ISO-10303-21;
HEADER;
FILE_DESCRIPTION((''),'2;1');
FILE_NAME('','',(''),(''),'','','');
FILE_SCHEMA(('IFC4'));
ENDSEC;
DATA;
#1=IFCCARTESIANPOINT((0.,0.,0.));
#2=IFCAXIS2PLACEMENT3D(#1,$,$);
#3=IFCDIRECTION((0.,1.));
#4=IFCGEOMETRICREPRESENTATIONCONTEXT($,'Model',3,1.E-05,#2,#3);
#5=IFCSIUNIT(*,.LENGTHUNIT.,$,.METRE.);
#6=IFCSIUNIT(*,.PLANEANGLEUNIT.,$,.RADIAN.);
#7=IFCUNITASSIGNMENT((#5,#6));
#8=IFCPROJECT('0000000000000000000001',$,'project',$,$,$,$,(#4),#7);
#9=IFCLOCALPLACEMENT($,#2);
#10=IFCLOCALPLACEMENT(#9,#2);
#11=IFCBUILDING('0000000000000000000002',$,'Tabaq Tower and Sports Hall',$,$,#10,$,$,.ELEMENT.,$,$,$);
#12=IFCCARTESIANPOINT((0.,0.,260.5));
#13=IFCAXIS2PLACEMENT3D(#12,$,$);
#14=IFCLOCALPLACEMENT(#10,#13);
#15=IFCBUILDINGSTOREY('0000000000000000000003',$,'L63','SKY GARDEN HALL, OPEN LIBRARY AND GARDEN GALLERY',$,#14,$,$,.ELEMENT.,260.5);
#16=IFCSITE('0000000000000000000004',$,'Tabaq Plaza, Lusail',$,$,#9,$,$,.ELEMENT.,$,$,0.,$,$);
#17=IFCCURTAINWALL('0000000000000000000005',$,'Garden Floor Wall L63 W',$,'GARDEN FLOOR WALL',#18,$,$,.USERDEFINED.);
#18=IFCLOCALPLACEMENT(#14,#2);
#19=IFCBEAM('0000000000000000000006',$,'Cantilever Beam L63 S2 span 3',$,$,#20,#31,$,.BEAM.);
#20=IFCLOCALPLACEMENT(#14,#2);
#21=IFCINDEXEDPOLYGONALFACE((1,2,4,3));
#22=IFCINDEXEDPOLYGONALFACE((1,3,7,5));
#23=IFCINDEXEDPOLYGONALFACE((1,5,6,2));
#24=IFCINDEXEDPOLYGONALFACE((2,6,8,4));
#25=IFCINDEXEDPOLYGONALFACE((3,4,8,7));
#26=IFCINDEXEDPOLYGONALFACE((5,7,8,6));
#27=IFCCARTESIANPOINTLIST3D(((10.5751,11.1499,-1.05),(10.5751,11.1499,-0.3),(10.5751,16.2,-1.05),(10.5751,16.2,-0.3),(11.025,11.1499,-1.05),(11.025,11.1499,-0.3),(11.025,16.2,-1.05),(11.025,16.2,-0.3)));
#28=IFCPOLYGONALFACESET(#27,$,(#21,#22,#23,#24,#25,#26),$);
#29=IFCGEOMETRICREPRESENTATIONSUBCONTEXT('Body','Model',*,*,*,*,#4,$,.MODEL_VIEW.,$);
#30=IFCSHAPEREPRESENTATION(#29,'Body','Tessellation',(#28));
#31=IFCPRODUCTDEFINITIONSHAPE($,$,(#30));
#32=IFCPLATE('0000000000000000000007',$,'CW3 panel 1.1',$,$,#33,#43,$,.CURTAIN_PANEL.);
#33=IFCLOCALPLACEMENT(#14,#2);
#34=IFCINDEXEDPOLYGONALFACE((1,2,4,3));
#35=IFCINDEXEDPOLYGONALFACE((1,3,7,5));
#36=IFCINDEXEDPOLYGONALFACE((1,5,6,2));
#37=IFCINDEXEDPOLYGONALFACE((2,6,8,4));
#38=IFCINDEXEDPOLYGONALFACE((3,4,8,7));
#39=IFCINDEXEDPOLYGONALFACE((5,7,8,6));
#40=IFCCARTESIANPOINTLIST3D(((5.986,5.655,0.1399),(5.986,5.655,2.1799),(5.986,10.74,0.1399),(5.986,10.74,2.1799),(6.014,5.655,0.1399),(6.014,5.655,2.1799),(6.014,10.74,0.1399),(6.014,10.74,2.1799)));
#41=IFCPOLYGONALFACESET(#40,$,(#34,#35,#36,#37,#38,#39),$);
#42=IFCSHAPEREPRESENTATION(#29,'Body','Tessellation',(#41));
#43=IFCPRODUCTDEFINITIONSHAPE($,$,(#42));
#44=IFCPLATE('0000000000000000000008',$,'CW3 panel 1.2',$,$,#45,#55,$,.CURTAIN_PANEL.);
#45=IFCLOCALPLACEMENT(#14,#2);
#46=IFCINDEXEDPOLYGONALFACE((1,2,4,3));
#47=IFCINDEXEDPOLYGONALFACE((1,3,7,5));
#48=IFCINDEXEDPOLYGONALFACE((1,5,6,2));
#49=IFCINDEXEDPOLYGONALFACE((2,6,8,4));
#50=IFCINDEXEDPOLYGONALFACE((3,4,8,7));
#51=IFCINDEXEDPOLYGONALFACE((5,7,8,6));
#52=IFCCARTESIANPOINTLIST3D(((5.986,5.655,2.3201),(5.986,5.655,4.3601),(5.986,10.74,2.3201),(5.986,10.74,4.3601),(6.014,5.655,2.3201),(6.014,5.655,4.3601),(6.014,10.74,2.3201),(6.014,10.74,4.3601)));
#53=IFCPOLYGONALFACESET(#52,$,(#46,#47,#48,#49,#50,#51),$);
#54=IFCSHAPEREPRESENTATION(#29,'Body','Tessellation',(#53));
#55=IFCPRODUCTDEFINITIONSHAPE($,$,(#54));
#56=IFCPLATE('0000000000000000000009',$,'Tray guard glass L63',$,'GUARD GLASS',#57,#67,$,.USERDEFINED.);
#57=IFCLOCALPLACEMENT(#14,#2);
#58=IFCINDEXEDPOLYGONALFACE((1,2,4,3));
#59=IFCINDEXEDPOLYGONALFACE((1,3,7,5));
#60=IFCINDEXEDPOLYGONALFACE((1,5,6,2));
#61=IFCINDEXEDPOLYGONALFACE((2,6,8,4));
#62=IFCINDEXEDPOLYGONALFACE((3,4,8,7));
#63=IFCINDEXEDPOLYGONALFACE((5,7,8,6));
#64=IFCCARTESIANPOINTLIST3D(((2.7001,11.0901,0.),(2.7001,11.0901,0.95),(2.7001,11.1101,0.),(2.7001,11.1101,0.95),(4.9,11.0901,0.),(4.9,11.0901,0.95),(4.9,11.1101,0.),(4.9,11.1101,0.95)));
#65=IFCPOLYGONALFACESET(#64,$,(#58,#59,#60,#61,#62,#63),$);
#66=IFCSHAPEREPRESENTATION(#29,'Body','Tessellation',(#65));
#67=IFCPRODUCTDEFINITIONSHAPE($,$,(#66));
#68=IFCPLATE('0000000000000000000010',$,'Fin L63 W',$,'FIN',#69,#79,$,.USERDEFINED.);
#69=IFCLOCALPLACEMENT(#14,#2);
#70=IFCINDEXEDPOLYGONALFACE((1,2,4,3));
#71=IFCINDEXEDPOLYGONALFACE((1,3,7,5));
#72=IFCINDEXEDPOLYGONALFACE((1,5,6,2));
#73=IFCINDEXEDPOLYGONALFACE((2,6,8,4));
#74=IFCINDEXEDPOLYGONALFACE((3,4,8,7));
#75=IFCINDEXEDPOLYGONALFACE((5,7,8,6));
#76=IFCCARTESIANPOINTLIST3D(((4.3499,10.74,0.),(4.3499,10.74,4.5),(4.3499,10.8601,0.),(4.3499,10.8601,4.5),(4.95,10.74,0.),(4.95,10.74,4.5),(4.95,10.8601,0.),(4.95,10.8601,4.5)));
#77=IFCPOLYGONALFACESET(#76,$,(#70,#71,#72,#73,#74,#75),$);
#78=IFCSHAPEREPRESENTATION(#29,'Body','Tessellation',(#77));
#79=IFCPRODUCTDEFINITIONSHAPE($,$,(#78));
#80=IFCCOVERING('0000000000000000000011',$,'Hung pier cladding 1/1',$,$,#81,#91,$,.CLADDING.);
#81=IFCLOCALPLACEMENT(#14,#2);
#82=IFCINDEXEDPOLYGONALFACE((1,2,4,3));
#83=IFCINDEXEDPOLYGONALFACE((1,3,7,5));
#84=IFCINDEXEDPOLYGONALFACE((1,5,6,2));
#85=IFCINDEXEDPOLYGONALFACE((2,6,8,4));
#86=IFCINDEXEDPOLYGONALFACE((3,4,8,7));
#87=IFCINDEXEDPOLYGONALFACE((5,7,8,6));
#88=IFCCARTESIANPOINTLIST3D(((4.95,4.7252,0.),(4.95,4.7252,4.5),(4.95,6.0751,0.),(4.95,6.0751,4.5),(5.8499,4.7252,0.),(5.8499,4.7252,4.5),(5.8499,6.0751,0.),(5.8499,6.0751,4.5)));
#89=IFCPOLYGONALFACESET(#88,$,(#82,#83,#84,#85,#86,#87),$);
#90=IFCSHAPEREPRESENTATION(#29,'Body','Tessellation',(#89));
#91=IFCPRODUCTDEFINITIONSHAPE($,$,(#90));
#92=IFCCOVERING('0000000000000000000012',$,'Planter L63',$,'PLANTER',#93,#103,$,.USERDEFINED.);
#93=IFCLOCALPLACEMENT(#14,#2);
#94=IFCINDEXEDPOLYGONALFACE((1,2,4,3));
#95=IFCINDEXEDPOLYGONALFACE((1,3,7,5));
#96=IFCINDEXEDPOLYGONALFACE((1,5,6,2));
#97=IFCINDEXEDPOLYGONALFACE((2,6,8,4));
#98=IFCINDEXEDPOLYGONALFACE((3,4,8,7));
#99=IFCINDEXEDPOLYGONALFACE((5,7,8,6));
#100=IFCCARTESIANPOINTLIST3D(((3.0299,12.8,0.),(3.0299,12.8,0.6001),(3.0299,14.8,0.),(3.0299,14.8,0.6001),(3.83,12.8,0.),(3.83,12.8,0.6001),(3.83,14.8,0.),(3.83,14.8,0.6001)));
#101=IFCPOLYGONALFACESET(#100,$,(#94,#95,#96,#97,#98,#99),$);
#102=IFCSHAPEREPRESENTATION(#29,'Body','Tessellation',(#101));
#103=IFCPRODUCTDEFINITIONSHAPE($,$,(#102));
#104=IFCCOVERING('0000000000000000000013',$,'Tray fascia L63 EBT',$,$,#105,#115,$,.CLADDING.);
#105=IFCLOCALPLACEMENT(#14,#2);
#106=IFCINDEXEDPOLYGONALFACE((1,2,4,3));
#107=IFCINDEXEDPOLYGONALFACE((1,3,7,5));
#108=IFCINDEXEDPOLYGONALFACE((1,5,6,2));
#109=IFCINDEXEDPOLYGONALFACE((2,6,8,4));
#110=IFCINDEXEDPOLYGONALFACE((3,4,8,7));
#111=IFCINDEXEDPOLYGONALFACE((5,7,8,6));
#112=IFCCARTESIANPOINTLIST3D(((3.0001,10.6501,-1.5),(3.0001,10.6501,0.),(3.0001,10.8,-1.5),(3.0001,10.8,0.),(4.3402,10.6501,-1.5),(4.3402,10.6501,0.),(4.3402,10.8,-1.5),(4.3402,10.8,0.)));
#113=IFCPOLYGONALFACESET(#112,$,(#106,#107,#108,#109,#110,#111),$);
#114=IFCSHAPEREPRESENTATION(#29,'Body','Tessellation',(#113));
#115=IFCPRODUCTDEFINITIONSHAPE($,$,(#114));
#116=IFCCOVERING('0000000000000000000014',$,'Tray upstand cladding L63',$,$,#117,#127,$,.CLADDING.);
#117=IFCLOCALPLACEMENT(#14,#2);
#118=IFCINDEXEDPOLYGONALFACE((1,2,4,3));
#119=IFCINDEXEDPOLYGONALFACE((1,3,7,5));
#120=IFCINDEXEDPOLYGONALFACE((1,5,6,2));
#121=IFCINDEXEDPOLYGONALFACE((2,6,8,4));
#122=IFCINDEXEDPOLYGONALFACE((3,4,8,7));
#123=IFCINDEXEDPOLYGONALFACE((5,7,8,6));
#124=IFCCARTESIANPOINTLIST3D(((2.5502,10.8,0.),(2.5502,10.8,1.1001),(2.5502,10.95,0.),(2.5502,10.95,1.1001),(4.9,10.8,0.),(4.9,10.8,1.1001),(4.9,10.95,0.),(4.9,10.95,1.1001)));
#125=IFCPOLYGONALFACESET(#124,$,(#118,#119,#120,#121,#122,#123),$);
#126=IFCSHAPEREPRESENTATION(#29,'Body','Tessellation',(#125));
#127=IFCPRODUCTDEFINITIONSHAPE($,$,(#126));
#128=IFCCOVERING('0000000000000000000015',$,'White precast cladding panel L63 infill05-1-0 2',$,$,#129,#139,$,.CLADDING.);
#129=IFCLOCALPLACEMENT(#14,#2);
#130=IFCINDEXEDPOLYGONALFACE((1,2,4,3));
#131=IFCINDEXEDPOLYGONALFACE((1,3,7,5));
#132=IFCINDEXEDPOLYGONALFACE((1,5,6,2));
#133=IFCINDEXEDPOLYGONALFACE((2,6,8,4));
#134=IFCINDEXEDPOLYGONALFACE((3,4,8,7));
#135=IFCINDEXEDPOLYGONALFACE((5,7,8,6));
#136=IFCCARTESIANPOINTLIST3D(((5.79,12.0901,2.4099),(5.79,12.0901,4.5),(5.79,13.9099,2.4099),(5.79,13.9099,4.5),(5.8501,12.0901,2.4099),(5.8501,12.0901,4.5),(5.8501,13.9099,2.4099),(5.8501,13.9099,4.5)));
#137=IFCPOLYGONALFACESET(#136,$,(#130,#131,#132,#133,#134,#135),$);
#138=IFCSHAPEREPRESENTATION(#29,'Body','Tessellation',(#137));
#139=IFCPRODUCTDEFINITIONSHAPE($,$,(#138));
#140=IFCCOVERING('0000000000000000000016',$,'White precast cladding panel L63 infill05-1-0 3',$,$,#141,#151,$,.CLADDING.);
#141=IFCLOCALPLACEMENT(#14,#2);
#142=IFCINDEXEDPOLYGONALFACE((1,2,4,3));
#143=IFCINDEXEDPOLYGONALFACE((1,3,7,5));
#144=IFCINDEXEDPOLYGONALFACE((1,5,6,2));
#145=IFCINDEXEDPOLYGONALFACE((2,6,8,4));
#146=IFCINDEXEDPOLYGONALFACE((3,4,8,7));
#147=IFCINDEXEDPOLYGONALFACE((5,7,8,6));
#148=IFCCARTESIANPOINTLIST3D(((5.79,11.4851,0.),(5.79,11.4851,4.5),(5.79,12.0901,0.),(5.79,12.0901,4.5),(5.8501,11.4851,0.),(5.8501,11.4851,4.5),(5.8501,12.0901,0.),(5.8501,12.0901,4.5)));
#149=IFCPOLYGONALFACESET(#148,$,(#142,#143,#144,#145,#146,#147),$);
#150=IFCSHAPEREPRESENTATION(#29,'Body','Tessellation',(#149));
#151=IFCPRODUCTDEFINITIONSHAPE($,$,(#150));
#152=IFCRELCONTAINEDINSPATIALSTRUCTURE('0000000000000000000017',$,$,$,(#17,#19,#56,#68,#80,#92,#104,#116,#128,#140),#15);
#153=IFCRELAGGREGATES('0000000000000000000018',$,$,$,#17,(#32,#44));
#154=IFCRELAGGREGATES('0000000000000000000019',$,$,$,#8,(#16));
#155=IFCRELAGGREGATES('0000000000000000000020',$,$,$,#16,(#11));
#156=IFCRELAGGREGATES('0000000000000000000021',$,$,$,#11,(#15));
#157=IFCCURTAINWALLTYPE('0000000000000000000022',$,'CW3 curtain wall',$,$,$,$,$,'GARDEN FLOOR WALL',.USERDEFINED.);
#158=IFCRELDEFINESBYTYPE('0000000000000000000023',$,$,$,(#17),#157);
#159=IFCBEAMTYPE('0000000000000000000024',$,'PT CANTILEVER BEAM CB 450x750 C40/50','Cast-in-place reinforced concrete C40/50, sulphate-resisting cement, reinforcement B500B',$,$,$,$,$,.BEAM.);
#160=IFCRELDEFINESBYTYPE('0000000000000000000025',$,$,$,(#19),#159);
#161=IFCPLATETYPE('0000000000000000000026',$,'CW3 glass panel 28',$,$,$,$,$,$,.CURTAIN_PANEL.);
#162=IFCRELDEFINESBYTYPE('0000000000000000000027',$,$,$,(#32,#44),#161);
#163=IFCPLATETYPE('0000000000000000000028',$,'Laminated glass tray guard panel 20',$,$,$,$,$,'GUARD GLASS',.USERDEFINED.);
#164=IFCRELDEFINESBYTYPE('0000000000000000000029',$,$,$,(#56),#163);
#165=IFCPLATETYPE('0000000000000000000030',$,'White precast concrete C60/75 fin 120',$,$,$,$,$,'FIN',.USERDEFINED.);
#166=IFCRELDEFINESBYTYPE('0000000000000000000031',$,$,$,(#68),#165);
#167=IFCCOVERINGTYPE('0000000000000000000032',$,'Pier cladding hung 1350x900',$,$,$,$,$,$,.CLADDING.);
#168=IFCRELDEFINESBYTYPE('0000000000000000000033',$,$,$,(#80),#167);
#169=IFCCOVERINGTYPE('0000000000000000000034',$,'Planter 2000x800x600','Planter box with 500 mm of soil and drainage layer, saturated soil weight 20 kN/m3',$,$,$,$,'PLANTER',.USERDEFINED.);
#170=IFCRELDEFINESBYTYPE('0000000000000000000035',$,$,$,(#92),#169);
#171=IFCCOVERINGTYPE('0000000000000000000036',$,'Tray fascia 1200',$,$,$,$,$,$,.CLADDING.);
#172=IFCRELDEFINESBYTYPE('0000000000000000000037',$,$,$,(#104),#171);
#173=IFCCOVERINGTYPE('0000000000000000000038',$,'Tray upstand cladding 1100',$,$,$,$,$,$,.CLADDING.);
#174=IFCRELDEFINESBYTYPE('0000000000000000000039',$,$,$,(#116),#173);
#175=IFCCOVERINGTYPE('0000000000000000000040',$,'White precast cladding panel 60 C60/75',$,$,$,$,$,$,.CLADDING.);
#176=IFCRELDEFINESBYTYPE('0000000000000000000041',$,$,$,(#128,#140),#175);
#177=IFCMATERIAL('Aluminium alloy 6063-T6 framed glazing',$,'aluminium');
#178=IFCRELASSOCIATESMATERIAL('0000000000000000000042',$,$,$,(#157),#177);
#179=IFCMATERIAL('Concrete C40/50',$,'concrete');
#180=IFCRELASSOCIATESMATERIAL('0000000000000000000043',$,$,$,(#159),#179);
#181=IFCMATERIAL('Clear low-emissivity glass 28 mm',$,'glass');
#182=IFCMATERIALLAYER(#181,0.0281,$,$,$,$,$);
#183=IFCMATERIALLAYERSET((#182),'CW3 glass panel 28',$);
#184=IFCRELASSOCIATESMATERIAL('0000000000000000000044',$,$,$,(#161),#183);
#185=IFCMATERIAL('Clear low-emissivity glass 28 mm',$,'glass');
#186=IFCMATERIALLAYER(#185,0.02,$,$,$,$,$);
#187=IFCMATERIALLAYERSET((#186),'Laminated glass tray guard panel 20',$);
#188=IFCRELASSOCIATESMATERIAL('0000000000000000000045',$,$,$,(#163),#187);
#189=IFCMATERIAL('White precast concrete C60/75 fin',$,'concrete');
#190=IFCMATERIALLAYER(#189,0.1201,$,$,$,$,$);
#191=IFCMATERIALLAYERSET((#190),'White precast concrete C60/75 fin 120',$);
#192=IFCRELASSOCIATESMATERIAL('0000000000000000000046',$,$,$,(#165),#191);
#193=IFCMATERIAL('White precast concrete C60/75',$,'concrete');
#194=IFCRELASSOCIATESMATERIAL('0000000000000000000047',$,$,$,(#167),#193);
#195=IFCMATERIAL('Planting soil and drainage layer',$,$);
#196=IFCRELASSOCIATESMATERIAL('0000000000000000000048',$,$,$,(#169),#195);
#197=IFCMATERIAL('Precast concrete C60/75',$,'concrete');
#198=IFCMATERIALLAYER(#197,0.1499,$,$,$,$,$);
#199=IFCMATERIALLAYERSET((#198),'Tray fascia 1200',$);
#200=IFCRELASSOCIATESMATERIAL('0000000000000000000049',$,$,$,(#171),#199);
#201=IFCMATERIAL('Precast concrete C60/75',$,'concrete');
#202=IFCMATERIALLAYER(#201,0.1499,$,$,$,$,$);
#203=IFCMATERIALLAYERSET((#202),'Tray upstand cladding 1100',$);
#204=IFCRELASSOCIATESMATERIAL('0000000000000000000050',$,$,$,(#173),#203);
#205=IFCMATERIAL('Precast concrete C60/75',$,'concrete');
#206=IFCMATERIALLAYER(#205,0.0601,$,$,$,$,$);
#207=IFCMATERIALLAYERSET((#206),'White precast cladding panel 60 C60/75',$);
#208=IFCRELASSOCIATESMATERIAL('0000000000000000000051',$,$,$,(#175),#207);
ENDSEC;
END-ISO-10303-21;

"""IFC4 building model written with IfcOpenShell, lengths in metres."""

from ifc_helpers import new_model, si_unit, direction, frame, frame_2d, origin, origin_2d, place, context, subcontext, project, spatial, rectangle, extrude, material, layer, layer_set, material_profile, profile_set, type_object, element, aggregate, save


model = new_model("IFC4")

# Units and contexts
model_context = context("Model", 3, precision=1e-05, world=origin(), true_north=direction((0.0, 1.0)))
body_context = subcontext(model_context, "Body", "Model", "MODEL_VIEW")
ifc_project = project(units=[si_unit("LENGTHUNIT", "METRE"), si_unit("PLANEANGLEUNIT", "RADIAN")], contexts=[model_context])

# Site, building, storey
site_placement = place(None, origin())
site = spatial("IfcSite", under=ifc_project, at=site_placement, Name="Tabaq Plaza, Lusail", CompositionType="ELEMENT", RefElevation=0.0)
building_placement = place(site_placement, origin())
building = spatial("IfcBuilding", under=site, at=building_placement, Name="Tabaq Tower and Sports Hall", CompositionType="ELEMENT")
storey_placement = place(building_placement, frame((0.0, 0.0, 260.5)))
storey = spatial("IfcBuildingStorey", under=building, at=storey_placement, Name="L63", Description="SKY GARDEN HALL, OPEN LIBRARY AND GARDEN GALLERY", CompositionType="ELEMENT", Elevation=260.5)

# Curtain wall
ifc_material_1 = material(Name="Aluminium alloy 6063-T6 framed glazing", Category="aluminium")
curtain_wall_type = type_object("IfcCurtainWallType", Name="CW3 curtain wall", ElementType="GARDEN FLOOR WALL", PredefinedType="USERDEFINED", material=ifc_material_1)
curtain_wall_placement = place(storey_placement, origin())
curtain_wall = element("IfcCurtainWall", 1, at=curtain_wall_placement, inside=storey, type_object=curtain_wall_type, Name="Garden Floor Wall L63 W", ObjectType="GARDEN FLOOR WALL", PredefinedType="USERDEFINED")

# Beam
ifc_material_2 = material(Name="Concrete C40/50", Category="concrete")
ifc_material_profile_1 = material_profile(ifc_material_2, rectangle(XDim=0.45, YDim=0.75, at=origin_2d()), Name="CB 450x750")
ifc_profile_set_1 = profile_set([ifc_material_profile_1], Name="Concrete C40/50")
beam_type_1 = type_object("IfcBeamType", Name="PT CANTILEVER BEAM CB 450x750 C40/50", Description="Cast-in-place reinforced concrete C40/50, sulphate-resisting cement, reinforcement B500B", PredefinedType="BEAM", material=ifc_profile_set_1)
beam_1_placement = place(storey_placement, frame((10.8, 11.1499, -0.675), z_axis=(0.0, 1.0, 0.0), x_axis=(-1.0, 0.0, 0.0)))
element("IfcBeam", 2, at=beam_1_placement, inside=storey, type_object=beam_type_1, Name="Cantilever Beam L63 S2 span 3", PredefinedType="BEAM", context=body_context, shape_type="SweptSolid", body=[
    extrude(rectangle(XDim=0.45, YDim=0.75, at=origin_2d()), origin(), (0.0, 0.0, 1.0), 5.05),
])

# Plates
ifc_material_3 = material(Name="Clear low-emissivity glass 28 mm", Category="glass")
ifc_layer_1 = layer(ifc_material_3, 0.0281)
ifc_layer_set_1 = layer_set([ifc_layer_1], Name="CW3 glass panel 28")
plate_type_1 = type_object("IfcPlateType", Name="CW3 glass panel 28", PredefinedType="CURTAIN_PANEL", material=ifc_layer_set_1)
plate_1_placement = place(storey_placement, frame((6.0, 8.1975, 0.1399), z_axis=(0.0, 0.0, 1.0), x_axis=(0.0, -1.0, 0.0)))
plate_1 = element("IfcPlate", 3, at=plate_1_placement, type_object=plate_type_1, Name="CW3 panel 1.1", PredefinedType="CURTAIN_PANEL", context=body_context, shape_type="SweptSolid", body=[
    extrude(rectangle(XDim=5.085, YDim=0.0281, at=origin_2d()), origin(), (0.0, 0.0, 1.0), 2.04),
])
plate_2_placement = place(storey_placement, frame((6.0, 8.1975, 2.3201), z_axis=(0.0, 0.0, 1.0), x_axis=(0.0, -1.0, 0.0)))
plate_2 = element("IfcPlate", 4, at=plate_2_placement, type_object=plate_type_1, Name="CW3 panel 1.2", PredefinedType="CURTAIN_PANEL", context=body_context, shape_type="SweptSolid", body=[
    extrude(rectangle(XDim=5.085, YDim=0.0281, at=origin_2d()), origin(), (0.0, 0.0, 1.0), 2.04),
])
aggregate(curtain_wall, [plate_1, plate_2])

# Plates
ifc_material_4 = material(Name="Clear low-emissivity glass 28 mm", Category="glass")
ifc_layer_2 = layer(ifc_material_4, 0.02)
ifc_layer_set_2 = layer_set([ifc_layer_2], Name="Laminated glass tray guard panel 20")
plate_type_2 = type_object("IfcPlateType", Name="Laminated glass tray guard panel 20", ElementType="GUARD GLASS", PredefinedType="USERDEFINED", material=ifc_layer_set_2)
plate_3_placement = place(storey_placement, frame((2.7, 11.1001, 0.0), z_axis=(0.0, 0.0, 1.0), x_axis=(1.0, 0.0, 0.0)))
element("IfcPlate", 5, at=plate_3_placement, inside=storey, type_object=plate_type_2, Name="Tray guard glass L63", ObjectType="GUARD GLASS", PredefinedType="USERDEFINED", context=body_context, shape_type="SweptSolid", body=[
    extrude(rectangle(XDim=2.2, YDim=0.02, at=frame_2d((1.1001, 0.0))), origin(), (0.0, 0.0, 1.0), 0.95),
])
ifc_material_5 = material(Name="White precast concrete C60/75 fin", Category="concrete")
ifc_layer_3 = layer(ifc_material_5, 0.1201)
ifc_layer_set_3 = layer_set([ifc_layer_3], Name="White precast concrete C60/75 fin 120")
plate_type_3 = type_object("IfcPlateType", Name="White precast concrete C60/75 fin 120", ElementType="FIN", PredefinedType="USERDEFINED", material=ifc_layer_set_3)
plate_4_placement = place(storey_placement, frame((4.6499, 10.8, 0.0), z_axis=(0.0, 0.0, 1.0), x_axis=(0.0, -1.0, 0.0)))
element("IfcPlate", 6, at=plate_4_placement, inside=storey, type_object=plate_type_3, Name="Fin L63 W", ObjectType="FIN", PredefinedType="USERDEFINED", context=body_context, shape_type="SweptSolid", body=[
    extrude(rectangle(XDim=0.1201, YDim=0.6001, at=origin_2d()), origin(), (0.0, 0.0, 1.0), 4.5),
])

# Coverings
ifc_material_6 = material(Name="White precast concrete C60/75", Category="concrete")
covering_type_1 = type_object("IfcCoveringType", Name="Pier cladding hung 1350x900", PredefinedType="CLADDING", material=ifc_material_6)
covering_1_placement = place(storey_placement, frame((5.3999, 6.075, 0.0), z_axis=(0.0, 0.0, 1.0), x_axis=(0.0, -1.0, 0.0)))
element("IfcCovering", 7, at=covering_1_placement, inside=storey, type_object=covering_type_1, Name="Hung pier cladding 1/1", PredefinedType="CLADDING", context=body_context, shape_type="SweptSolid", body=[
    extrude(rectangle(XDim=1.3499, YDim=0.8999, at=frame_2d((0.6748, 0.0))), origin(), (0.0, 0.0, 1.0), 4.5),
])
ifc_material_7 = material(Name="Planting soil and drainage layer")
covering_type_2 = type_object("IfcCoveringType", Name="Planter 2000x800x600", Description="Planter box with 500 mm of soil and drainage layer, saturated soil weight 20 kN/m3", ElementType="PLANTER", PredefinedType="USERDEFINED", material=ifc_material_7)
covering_2_placement = place(storey_placement, frame((3.4299, 13.8, 0.0), z_axis=(0.0, 0.0, 1.0), x_axis=(0.0, -1.0, 0.0)))
element("IfcCovering", 8, at=covering_2_placement, inside=storey, type_object=covering_type_2, Name="Planter L63", ObjectType="PLANTER", PredefinedType="USERDEFINED", context=body_context, shape_type="SweptSolid", body=[
    extrude(rectangle(XDim=2.0, YDim=0.8, at=origin_2d()), origin(), (0.0, 0.0, 1.0), 0.6001),
])
ifc_material_8 = material(Name="Precast concrete C60/75", Category="concrete")
ifc_layer_4 = layer(ifc_material_8, 0.1499)
ifc_layer_set_4 = layer_set([ifc_layer_4], Name="Tray fascia 1200")
covering_type_3 = type_object("IfcCoveringType", Name="Tray fascia 1200", PredefinedType="CLADDING", material=ifc_layer_set_4)
covering_3_placement = place(storey_placement, frame((4.3401, 10.7251, -1.5), z_axis=(0.0, 0.0, 1.0), x_axis=(-1.0, 0.0, 0.0)))
element("IfcCovering", 9, at=covering_3_placement, inside=storey, type_object=covering_type_3, Name="Tray fascia L63 EBT", PredefinedType="CLADDING", context=body_context, shape_type="SweptSolid", body=[
    extrude(rectangle(XDim=1.3401, YDim=0.1499, at=frame_2d((0.6699, 0.0))), origin(), (0.0, 0.0, 1.0), 1.5),
])
ifc_material_9 = material(Name="Precast concrete C60/75", Category="concrete")
ifc_layer_5 = layer(ifc_material_9, 0.1499)
ifc_layer_set_5 = layer_set([ifc_layer_5], Name="Tray upstand cladding 1100")
covering_type_4 = type_object("IfcCoveringType", Name="Tray upstand cladding 1100", PredefinedType="CLADDING", material=ifc_layer_set_5)
covering_4_placement = place(storey_placement, frame((4.8999, 10.875, 0.0), z_axis=(0.0, 0.0, 1.0), x_axis=(-1.0, 0.0, 0.0)))
element("IfcCovering", 10, at=covering_4_placement, inside=storey, type_object=covering_type_4, Name="Tray upstand cladding L63", PredefinedType="CLADDING", context=body_context, shape_type="SweptSolid", body=[
    extrude(rectangle(XDim=2.3499, YDim=0.1499, at=frame_2d((1.1748, 0.0))), origin(), (0.0, 0.0, 1.0), 1.1001),
])
ifc_material_10 = material(Name="Precast concrete C60/75", Category="concrete")
ifc_layer_6 = layer(ifc_material_10, 0.0601)
ifc_layer_set_6 = layer_set([ifc_layer_6], Name="White precast cladding panel 60 C60/75")
covering_type_5 = type_object("IfcCoveringType", Name="White precast cladding panel 60 C60/75", PredefinedType="CLADDING", material=ifc_layer_set_6)
covering_5_placement = place(storey_placement, frame((5.8201, 13.9099, 2.4099), z_axis=(0.0, 0.0, 1.0), x_axis=(0.0, -1.0, 0.0)))
element("IfcCovering", 11, at=covering_5_placement, inside=storey, type_object=covering_type_5, Name="White precast cladding panel L63 infill05-1-0 2", PredefinedType="CLADDING", context=body_context, shape_type="SweptSolid", body=[
    extrude(rectangle(XDim=1.8198, YDim=0.0601, at=frame_2d((0.9099, 0.0))), origin(), (0.0, 0.0, 1.0), 2.0901),
])
covering_6_placement = place(storey_placement, frame((5.8201, 12.0901, 0.0), z_axis=(0.0, 0.0, 1.0), x_axis=(0.0, -1.0, 0.0)))
element("IfcCovering", 12, at=covering_6_placement, inside=storey, type_object=covering_type_5, Name="White precast cladding panel L63 infill05-1-0 3", PredefinedType="CLADDING", context=body_context, shape_type="SweptSolid", body=[
    extrude(rectangle(XDim=0.605, YDim=0.0601, at=frame_2d((0.3025, 0.0))), origin(), (0.0, 0.0, 1.0), 4.5),
])

save(model, "model.ifc")
